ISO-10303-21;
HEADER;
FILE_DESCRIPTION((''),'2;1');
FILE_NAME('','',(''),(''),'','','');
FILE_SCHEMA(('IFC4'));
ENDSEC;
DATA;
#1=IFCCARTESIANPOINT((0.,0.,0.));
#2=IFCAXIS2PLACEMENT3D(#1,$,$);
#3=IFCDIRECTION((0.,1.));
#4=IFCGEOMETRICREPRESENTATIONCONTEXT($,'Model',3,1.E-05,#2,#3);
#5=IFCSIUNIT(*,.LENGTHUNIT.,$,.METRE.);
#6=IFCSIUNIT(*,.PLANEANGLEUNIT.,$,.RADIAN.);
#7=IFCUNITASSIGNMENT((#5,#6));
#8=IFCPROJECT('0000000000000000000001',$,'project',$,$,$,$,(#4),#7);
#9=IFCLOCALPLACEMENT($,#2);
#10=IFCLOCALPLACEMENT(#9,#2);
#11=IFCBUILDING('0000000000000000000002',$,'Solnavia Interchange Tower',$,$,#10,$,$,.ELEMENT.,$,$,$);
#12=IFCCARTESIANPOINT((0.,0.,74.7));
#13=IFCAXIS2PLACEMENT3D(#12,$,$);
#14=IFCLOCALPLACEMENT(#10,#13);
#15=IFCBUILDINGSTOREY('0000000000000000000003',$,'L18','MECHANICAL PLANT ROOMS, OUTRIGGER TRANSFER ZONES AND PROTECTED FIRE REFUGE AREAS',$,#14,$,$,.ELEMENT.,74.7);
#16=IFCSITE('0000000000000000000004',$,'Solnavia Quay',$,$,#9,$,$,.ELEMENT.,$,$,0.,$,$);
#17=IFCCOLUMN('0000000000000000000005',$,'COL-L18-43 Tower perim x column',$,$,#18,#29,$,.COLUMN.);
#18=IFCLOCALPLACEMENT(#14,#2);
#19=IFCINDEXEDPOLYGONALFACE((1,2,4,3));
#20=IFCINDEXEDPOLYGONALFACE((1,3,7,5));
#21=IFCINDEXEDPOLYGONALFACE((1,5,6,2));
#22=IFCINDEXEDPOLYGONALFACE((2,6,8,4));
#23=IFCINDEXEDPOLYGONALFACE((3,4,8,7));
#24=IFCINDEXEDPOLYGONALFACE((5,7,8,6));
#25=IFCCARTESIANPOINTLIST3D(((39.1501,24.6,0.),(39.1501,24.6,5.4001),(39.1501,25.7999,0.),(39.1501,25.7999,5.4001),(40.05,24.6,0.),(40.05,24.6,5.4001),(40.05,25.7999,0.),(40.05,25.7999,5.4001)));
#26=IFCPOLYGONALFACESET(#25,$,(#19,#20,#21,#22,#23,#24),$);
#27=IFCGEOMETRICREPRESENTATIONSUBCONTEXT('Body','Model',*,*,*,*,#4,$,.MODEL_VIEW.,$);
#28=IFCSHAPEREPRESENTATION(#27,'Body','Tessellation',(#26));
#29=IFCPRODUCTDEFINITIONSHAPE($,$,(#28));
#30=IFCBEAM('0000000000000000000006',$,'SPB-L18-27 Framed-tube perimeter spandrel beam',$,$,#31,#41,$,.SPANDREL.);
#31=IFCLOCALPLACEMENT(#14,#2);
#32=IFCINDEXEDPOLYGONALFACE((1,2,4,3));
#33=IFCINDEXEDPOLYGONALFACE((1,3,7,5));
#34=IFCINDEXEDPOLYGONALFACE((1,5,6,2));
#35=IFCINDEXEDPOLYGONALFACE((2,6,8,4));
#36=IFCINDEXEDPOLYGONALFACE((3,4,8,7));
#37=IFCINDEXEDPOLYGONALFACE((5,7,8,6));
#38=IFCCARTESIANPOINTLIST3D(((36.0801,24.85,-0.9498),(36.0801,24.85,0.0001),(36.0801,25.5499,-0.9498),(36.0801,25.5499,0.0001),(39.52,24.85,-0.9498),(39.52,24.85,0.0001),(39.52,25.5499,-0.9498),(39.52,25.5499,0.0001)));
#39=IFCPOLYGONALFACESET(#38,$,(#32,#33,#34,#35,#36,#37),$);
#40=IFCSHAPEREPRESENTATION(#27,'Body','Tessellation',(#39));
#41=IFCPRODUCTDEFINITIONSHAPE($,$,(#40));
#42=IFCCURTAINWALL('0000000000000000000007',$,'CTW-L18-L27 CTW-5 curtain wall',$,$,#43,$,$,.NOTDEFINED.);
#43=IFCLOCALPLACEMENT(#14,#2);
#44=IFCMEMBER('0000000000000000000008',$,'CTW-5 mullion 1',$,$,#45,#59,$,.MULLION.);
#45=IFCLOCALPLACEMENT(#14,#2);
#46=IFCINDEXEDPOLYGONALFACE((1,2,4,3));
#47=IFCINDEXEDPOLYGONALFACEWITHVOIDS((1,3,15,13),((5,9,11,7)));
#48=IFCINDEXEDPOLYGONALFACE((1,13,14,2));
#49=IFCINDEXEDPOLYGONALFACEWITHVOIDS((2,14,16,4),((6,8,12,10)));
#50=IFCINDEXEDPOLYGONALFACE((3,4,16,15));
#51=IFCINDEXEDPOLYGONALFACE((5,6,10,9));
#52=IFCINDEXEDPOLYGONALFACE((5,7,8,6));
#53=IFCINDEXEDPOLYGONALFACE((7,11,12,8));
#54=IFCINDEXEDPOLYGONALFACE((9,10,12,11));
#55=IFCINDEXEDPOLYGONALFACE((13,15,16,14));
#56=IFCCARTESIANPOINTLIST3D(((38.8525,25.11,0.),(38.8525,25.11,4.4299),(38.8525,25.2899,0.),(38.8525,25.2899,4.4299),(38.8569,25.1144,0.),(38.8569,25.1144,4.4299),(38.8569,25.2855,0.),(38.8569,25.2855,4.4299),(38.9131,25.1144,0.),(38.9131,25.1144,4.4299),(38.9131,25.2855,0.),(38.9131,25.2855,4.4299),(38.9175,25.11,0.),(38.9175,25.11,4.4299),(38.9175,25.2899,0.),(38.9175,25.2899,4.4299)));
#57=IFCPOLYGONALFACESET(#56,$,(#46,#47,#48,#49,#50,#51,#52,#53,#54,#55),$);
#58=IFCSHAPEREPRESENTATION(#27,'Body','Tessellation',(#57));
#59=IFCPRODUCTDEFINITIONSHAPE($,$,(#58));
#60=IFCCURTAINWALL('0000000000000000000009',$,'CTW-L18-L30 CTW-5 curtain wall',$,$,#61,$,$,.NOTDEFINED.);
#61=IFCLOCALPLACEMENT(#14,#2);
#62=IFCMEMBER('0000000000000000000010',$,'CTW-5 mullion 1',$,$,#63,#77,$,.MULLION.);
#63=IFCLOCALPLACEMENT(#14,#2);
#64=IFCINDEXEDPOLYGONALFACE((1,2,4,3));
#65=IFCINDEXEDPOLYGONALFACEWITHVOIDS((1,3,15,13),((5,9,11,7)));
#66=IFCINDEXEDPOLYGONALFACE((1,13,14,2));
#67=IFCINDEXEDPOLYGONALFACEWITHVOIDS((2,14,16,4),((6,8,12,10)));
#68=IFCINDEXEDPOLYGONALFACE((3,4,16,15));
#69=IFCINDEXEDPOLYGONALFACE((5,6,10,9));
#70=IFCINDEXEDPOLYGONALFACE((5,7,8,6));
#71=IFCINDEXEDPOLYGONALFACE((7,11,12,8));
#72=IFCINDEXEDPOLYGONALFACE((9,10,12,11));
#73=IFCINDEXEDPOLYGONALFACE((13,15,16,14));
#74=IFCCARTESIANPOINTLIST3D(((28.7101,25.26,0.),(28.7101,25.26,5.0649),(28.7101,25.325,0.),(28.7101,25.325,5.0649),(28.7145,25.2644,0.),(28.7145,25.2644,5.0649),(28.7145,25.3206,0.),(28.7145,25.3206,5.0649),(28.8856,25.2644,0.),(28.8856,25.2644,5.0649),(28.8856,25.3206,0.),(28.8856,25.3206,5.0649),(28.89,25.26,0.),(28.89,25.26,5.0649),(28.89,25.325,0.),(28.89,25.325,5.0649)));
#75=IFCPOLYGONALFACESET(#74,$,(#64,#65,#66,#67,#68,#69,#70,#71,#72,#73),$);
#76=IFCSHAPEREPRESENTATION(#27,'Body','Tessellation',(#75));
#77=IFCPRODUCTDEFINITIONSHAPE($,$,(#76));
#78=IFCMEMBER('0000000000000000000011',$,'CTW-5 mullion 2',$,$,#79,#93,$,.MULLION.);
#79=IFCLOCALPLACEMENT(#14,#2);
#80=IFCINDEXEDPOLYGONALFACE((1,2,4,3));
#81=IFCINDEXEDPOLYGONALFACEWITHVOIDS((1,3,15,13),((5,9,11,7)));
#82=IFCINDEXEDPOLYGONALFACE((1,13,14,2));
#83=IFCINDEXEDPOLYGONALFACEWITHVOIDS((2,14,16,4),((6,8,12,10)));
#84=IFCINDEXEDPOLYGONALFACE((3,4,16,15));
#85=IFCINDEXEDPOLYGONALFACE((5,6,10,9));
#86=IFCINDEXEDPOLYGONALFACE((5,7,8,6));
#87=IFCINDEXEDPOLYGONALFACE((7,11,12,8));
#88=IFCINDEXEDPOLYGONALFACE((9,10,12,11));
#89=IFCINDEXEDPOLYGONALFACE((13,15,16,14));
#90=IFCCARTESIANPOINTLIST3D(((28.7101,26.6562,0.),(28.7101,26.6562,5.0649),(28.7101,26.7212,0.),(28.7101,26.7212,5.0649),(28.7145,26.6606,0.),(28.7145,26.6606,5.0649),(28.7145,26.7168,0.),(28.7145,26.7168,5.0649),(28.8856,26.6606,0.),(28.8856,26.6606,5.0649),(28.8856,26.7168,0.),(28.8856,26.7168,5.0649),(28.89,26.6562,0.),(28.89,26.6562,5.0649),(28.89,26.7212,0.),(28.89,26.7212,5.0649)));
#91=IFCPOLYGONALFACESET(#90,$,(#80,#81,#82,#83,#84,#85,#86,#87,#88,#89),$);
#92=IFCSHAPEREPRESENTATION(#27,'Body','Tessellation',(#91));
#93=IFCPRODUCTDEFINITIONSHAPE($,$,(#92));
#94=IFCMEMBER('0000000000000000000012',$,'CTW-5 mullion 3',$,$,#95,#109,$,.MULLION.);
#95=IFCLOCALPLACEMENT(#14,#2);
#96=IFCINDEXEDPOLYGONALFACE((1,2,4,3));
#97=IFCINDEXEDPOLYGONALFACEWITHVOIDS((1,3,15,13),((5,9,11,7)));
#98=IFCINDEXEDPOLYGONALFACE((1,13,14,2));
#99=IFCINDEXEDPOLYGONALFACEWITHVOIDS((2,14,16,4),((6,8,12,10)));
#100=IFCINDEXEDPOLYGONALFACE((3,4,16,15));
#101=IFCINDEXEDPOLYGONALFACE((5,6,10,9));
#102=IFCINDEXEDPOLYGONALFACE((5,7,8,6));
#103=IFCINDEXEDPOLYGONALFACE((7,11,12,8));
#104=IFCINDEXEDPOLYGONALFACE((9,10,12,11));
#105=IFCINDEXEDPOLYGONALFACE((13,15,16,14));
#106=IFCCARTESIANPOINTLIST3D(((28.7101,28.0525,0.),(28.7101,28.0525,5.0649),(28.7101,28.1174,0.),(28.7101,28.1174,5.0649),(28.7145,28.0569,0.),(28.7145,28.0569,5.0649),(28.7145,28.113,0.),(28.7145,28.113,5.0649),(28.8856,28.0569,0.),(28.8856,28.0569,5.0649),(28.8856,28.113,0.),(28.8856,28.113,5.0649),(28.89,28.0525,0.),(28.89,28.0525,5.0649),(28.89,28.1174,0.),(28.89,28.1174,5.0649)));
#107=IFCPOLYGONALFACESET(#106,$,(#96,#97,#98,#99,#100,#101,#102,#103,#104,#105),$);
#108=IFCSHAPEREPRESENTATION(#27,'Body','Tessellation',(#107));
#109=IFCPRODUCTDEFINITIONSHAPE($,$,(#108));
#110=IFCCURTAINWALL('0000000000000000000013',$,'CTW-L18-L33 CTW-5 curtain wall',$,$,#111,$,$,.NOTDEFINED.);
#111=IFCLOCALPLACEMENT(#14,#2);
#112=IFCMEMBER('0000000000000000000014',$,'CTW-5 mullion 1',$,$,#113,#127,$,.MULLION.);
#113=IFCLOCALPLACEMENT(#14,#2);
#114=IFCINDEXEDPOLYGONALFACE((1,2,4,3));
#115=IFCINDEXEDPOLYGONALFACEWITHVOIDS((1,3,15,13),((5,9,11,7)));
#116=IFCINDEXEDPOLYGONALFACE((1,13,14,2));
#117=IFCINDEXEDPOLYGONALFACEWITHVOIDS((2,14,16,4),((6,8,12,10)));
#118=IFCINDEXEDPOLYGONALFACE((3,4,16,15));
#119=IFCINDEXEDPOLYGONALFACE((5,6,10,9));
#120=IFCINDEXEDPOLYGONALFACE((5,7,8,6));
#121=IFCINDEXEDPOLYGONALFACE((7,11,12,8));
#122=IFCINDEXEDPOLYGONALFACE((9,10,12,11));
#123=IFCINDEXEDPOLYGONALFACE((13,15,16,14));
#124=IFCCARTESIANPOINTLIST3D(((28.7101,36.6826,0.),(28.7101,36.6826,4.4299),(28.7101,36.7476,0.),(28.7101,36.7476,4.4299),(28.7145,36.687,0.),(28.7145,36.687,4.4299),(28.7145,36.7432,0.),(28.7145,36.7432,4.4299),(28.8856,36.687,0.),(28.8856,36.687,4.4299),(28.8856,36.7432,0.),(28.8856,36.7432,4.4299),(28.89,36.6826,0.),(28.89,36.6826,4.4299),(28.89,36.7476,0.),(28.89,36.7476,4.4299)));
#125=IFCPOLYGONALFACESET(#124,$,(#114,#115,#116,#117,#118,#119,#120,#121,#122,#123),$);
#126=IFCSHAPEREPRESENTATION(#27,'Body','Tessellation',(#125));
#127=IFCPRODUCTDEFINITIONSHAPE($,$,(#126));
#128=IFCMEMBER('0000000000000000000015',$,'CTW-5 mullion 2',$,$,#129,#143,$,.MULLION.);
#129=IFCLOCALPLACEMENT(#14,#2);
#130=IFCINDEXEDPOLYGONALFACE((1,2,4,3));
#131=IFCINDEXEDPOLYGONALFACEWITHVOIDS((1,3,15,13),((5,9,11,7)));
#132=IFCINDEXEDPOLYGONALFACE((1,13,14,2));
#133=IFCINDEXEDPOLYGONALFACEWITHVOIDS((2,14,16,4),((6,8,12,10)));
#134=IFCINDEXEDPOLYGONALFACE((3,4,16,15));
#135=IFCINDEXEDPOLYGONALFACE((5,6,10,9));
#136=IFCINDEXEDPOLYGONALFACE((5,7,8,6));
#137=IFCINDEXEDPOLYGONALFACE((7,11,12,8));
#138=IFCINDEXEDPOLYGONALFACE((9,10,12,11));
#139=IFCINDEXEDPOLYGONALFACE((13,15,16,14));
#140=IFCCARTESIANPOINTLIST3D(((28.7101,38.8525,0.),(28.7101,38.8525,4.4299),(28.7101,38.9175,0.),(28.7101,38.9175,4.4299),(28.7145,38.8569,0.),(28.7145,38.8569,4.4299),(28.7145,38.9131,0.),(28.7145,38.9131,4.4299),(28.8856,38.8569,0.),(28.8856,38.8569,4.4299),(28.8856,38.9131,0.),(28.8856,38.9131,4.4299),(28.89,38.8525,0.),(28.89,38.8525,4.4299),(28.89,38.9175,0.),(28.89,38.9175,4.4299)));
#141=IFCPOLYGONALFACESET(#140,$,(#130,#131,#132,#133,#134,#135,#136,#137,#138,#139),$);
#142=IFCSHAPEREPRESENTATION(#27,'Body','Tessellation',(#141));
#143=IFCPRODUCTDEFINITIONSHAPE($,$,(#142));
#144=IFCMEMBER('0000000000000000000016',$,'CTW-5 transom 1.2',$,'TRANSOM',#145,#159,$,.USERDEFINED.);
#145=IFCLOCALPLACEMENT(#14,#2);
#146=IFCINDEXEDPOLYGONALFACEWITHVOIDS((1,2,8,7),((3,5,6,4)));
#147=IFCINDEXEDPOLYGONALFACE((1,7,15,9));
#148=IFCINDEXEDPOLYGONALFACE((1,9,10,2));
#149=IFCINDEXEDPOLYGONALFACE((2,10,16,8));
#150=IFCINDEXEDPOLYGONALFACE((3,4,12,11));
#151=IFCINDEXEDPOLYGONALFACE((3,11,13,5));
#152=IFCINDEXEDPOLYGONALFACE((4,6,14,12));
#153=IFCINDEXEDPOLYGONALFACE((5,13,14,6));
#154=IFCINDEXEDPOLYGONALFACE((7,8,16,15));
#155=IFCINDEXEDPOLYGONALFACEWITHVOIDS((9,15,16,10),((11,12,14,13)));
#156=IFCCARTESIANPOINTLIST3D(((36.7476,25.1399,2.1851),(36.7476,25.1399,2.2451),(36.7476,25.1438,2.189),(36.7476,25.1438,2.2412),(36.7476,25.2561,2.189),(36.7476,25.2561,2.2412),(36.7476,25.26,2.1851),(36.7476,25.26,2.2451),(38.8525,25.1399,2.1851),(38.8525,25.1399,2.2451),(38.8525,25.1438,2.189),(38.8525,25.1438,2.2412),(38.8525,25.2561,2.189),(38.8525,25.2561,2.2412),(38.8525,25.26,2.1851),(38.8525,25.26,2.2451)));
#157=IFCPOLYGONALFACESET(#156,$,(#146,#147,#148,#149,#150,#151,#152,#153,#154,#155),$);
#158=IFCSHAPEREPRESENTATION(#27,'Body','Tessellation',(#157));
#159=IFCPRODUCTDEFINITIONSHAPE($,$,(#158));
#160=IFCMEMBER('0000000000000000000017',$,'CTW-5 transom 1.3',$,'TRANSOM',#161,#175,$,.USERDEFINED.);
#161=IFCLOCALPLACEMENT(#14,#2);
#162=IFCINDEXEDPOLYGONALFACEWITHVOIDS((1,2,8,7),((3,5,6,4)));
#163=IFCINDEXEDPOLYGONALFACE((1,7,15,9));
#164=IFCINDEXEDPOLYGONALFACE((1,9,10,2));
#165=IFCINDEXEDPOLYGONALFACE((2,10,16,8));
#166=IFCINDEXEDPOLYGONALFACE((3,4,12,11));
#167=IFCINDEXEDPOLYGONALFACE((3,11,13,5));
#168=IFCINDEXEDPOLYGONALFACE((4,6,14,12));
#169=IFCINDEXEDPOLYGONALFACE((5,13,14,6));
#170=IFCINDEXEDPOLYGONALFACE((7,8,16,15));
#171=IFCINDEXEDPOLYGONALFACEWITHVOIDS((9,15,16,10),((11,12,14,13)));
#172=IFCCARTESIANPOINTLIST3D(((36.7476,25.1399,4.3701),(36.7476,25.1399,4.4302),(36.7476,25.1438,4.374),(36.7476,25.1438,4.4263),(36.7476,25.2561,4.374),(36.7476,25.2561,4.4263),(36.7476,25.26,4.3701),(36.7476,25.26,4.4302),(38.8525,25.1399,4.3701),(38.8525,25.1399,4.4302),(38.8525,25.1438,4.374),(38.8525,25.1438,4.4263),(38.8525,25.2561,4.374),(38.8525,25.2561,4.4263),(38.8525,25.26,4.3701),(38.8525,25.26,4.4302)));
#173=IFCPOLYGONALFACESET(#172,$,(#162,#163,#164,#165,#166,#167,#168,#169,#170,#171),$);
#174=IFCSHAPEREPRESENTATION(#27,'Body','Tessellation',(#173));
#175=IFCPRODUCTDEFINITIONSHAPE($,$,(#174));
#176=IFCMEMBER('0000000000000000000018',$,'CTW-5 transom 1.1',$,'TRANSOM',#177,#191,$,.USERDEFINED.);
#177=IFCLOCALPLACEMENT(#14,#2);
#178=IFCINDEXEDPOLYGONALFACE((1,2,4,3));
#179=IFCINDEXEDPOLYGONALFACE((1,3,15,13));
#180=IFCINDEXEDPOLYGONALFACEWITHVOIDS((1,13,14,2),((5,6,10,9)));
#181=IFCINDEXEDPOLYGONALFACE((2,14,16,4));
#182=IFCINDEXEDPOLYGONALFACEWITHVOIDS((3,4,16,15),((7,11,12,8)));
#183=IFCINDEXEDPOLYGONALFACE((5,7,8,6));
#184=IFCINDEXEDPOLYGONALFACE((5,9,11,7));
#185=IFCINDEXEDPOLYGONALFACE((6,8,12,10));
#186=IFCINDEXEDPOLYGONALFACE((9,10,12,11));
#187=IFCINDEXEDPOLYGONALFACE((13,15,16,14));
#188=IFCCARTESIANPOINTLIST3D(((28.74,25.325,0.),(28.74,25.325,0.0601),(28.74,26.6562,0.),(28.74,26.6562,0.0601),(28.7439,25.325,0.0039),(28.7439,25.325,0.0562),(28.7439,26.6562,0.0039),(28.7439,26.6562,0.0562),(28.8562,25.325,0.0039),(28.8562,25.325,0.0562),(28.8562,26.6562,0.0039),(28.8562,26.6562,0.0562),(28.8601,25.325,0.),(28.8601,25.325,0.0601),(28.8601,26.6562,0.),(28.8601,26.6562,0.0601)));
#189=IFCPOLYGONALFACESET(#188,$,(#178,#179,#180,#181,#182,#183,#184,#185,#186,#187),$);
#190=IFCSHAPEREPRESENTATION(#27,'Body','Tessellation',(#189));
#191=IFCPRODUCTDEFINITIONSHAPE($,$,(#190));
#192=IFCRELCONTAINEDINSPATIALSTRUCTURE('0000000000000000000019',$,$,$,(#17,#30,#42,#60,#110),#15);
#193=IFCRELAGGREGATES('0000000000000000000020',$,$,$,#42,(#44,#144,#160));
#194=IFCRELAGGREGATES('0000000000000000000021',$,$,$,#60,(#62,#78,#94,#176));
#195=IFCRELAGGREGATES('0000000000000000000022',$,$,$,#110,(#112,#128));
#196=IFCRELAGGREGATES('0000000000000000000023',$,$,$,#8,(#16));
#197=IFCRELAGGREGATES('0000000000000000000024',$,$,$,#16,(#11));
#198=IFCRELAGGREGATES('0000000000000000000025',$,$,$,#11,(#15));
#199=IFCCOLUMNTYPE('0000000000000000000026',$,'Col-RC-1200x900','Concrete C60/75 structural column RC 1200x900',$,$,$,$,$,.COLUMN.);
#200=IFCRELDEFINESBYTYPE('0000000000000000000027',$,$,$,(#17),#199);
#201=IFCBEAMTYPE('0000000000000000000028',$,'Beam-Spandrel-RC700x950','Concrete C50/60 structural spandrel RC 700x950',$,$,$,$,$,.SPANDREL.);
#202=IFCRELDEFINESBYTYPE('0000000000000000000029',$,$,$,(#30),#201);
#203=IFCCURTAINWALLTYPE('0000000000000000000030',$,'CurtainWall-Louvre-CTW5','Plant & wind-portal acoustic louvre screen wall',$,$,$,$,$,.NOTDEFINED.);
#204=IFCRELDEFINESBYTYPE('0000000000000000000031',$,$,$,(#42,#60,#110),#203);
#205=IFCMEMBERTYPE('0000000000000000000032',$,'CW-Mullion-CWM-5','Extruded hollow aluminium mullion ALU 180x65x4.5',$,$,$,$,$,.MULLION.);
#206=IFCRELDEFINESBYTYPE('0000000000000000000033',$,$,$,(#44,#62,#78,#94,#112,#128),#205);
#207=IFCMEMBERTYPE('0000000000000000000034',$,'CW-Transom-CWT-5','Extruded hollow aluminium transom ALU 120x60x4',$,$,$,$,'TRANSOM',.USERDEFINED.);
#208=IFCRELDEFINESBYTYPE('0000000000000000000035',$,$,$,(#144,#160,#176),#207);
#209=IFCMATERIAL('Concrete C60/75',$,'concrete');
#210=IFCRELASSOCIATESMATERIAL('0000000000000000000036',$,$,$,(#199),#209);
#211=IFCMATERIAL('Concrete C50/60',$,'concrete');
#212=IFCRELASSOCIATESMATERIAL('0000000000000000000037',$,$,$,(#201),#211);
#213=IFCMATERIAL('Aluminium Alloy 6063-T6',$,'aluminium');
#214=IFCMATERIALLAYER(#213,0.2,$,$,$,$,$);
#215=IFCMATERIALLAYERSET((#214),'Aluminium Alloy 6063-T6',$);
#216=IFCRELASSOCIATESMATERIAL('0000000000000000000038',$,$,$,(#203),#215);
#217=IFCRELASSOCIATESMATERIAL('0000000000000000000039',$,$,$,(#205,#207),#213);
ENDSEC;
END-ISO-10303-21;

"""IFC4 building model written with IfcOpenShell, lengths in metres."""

from ifc_helpers import new_model, si_unit, direction, frame, origin, origin_2d, place, context, subcontext, project, spatial, rectangle, hollow_rectangle, extrude, material, layer, layer_set, material_profile, profile_set, type_object, element, aggregate, save


model = new_model("IFC4")

# Units and contexts
model_context = context("Model", 3, precision=1e-05, world=origin(), true_north=direction((0.0, 1.0)))
body_context = subcontext(model_context, "Body", "Model", "MODEL_VIEW")
ifc_project = project(units=[si_unit("LENGTHUNIT", "METRE"), si_unit("PLANEANGLEUNIT", "RADIAN")], contexts=[model_context])

# Site, building, storey
site_placement = place(None, origin())
site = spatial("IfcSite", under=ifc_project, at=site_placement, Name="Solnavia Quay", CompositionType="ELEMENT", RefElevation=0.0)
building_placement = place(site_placement, origin())
building = spatial("IfcBuilding", under=site, at=building_placement, Name="Solnavia Interchange Tower", CompositionType="ELEMENT")
storey_placement = place(building_placement, frame((0.0, 0.0, 74.7)))
storey = spatial("IfcBuildingStorey", under=building, at=storey_placement, Name="L18", Description="MECHANICAL PLANT ROOMS, OUTRIGGER TRANSFER ZONES AND PROTECTED FIRE REFUGE AREAS", CompositionType="ELEMENT", Elevation=74.7)

# Column
ifc_material_1 = material(Name="Concrete C60/75", Category="concrete")
ifc_material_profile_1 = material_profile(ifc_material_1, rectangle(XDim=0.8999, YDim=1.2, at=origin_2d()), Name="RC 1200x900")
ifc_profile_set_1 = profile_set([ifc_material_profile_1], Name="Concrete C60/75")
column_type = type_object("IfcColumnType", Name="Col-RC-1200x900", Description="Concrete C60/75 structural column RC 1200x900", PredefinedType="COLUMN", material=ifc_profile_set_1)
column_placement = place(storey_placement, frame((39.6001, 25.2, 0.0), z_axis=(0.0, 0.0, 1.0), x_axis=(1.0, 0.0, 0.0)))
element("IfcColumn", 1, at=column_placement, inside=storey, type_object=column_type, Name="COL-L18-43 Tower perim x column", PredefinedType="COLUMN", context=body_context, shape_type="SweptSolid", body=[
    extrude(rectangle(XDim=0.8999, YDim=1.2, at=origin_2d()), origin(), (0.0, 0.0, 1.0), 5.4001),
])

# Beam
ifc_material_2 = material(Name="Concrete C50/60", Category="concrete")
ifc_material_profile_2 = material_profile(ifc_material_2, rectangle(XDim=0.7, YDim=0.95, at=origin_2d()), Name="RC 700x950")
ifc_profile_set_2 = profile_set([ifc_material_profile_2], Name="Concrete C50/60")
beam_type = type_object("IfcBeamType", Name="Beam-Spandrel-RC700x950", Description="Concrete C50/60 structural spandrel RC 700x950", PredefinedType="SPANDREL", material=ifc_profile_set_2)
beam_placement = place(storey_placement, frame((39.52, 25.2, -0.4749), z_axis=(-1.0, 0.0, 0.0), x_axis=(0.0, -1.0, 0.0)))
element("IfcBeam", 2, at=beam_placement, inside=storey, type_object=beam_type, Name="SPB-L18-27 Framed-tube perimeter spandrel beam", PredefinedType="SPANDREL", context=body_context, shape_type="SweptSolid", body=[
    extrude(rectangle(XDim=0.7, YDim=0.95, at=origin_2d()), origin(), (0.0, 0.0, 1.0), 3.4399),
])

# Curtain wall, member
ifc_material_3 = material(Name="Aluminium Alloy 6063-T6", Category="aluminium")
ifc_layer_1 = layer(ifc_material_3, 0.2)
ifc_layer_set_1 = layer_set([ifc_layer_1], Name="Aluminium Alloy 6063-T6")
curtain_wall_type = type_object("IfcCurtainWallType", Name="CurtainWall-Louvre-CTW5", Description="Plant & wind-portal acoustic louvre screen wall", PredefinedType="NOTDEFINED", material=ifc_layer_set_1)
curtain_wall_1_placement = place(storey_placement, origin())
curtain_wall_1 = element("IfcCurtainWall", 3, at=curtain_wall_1_placement, inside=storey, type_object=curtain_wall_type, Name="CTW-L18-L27 CTW-5 curtain wall", PredefinedType="NOTDEFINED")
ifc_material_profile_3 = material_profile(ifc_material_3, hollow_rectangle(XDim=0.0649, YDim=0.1799, WallThickness=0.0044, at=origin_2d()), Name="ALU 180x65x4.5")
ifc_profile_set_3 = profile_set([ifc_material_profile_3], Name="Aluminium Alloy 6063-T6")
member_type_1 = type_object("IfcMemberType", Name="CW-Mullion-CWM-5", Description="Extruded hollow aluminium mullion ALU 180x65x4.5", PredefinedType="MULLION", material=ifc_profile_set_3)
member_1_placement = place(storey_placement, frame((38.885, 25.2, 0.0), z_axis=(0.0, 0.0, 1.0), x_axis=(-1.0, 0.0, 0.0)))
member_1 = element("IfcMember", 4, at=member_1_placement, type_object=member_type_1, Name="CTW-5 mullion 1", PredefinedType="MULLION", context=body_context, shape_type="SweptSolid", body=[
    extrude(hollow_rectangle(XDim=0.0649, YDim=0.1799, WallThickness=0.0044, at=origin_2d()), origin(), (0.0, 0.0, 1.0), 4.4299),
])

# Curtain walls, members
curtain_wall_2_placement = place(storey_placement, origin())
curtain_wall_2 = element("IfcCurtainWall", 5, at=curtain_wall_2_placement, inside=storey, type_object=curtain_wall_type, Name="CTW-L18-L30 CTW-5 curtain wall", PredefinedType="NOTDEFINED")
member_2_placement = place(storey_placement, frame((28.8, 25.2925, 0.0), z_axis=(0.0, 0.0, 1.0), x_axis=(0.0, 1.0, 0.0)))
member_2 = element("IfcMember", 6, at=member_2_placement, type_object=member_type_1, Name="CTW-5 mullion 1", PredefinedType="MULLION", context=body_context, shape_type="SweptSolid", body=[
    extrude(hollow_rectangle(XDim=0.0649, YDim=0.1799, WallThickness=0.0044, at=origin_2d()), origin(), (0.0, 0.0, 1.0), 5.0649),
])
member_3_placement = place(storey_placement, frame((28.8, 26.6887, 0.0), z_axis=(0.0, 0.0, 1.0), x_axis=(0.0, 1.0, 0.0)))
member_3 = element("IfcMember", 7, at=member_3_placement, type_object=member_type_1, Name="CTW-5 mullion 2", PredefinedType="MULLION", context=body_context, shape_type="SweptSolid", body=[
    extrude(hollow_rectangle(XDim=0.0649, YDim=0.1799, WallThickness=0.0044, at=origin_2d()), origin(), (0.0, 0.0, 1.0), 5.0649),
])
member_4_placement = place(storey_placement, frame((28.8, 28.085, 0.0), z_axis=(0.0, 0.0, 1.0), x_axis=(0.0, 1.0, 0.0)))
member_4 = element("IfcMember", 8, at=member_4_placement, type_object=member_type_1, Name="CTW-5 mullion 3", PredefinedType="MULLION", context=body_context, shape_type="SweptSolid", body=[
    extrude(hollow_rectangle(XDim=0.0649, YDim=0.1799, WallThickness=0.0044, at=origin_2d()), origin(), (0.0, 0.0, 1.0), 5.0649),
])
curtain_wall_3_placement = place(storey_placement, origin())
curtain_wall_3 = element("IfcCurtainWall", 9, at=curtain_wall_3_placement, inside=storey, type_object=curtain_wall_type, Name="CTW-L18-L33 CTW-5 curtain wall", PredefinedType="NOTDEFINED")
member_5_placement = place(storey_placement, frame((28.8, 36.7151, 0.0), z_axis=(0.0, 0.0, 1.0), x_axis=(0.0, 1.0, 0.0)))
member_5 = element("IfcMember", 10, at=member_5_placement, type_object=member_type_1, Name="CTW-5 mullion 1", PredefinedType="MULLION", context=body_context, shape_type="SweptSolid", body=[
    extrude(hollow_rectangle(XDim=0.0649, YDim=0.1799, WallThickness=0.0044, at=origin_2d()), origin(), (0.0, 0.0, 1.0), 4.4299),
])
member_6_placement = place(storey_placement, frame((28.8, 38.885, 0.0), z_axis=(0.0, 0.0, 1.0), x_axis=(0.0, 1.0, 0.0)))
member_6 = element("IfcMember", 11, at=member_6_placement, type_object=member_type_1, Name="CTW-5 mullion 2", PredefinedType="MULLION", context=body_context, shape_type="SweptSolid", body=[
    extrude(hollow_rectangle(XDim=0.0649, YDim=0.1799, WallThickness=0.0044, at=origin_2d()), origin(), (0.0, 0.0, 1.0), 4.4299),
])

# Members
ifc_material_profile_4 = material_profile(ifc_material_3, hollow_rectangle(XDim=0.0601, YDim=0.1201, WallThickness=0.0039, at=origin_2d()), Name="ALU 120x60x4")
ifc_profile_set_4 = profile_set([ifc_material_profile_4], Name="Aluminium Alloy 6063-T6")
member_type_2 = type_object("IfcMemberType", Name="CW-Transom-CWT-5", Description="Extruded hollow aluminium transom ALU 120x60x4", ElementType="TRANSOM", PredefinedType="USERDEFINED", material=ifc_profile_set_4)
member_7_placement = place(storey_placement, frame((38.8525, 25.2, 2.2151), z_axis=(-1.0, 0.0, 0.0), x_axis=(0.0, 0.0, 1.0)))
member_7 = element("IfcMember", 12, at=member_7_placement, type_object=member_type_2, Name="CTW-5 transom 1.2", ObjectType="TRANSOM", PredefinedType="USERDEFINED", context=body_context, shape_type="SweptSolid", body=[
    extrude(hollow_rectangle(XDim=0.0601, YDim=0.1201, WallThickness=0.0039, at=origin_2d()), origin(), (0.0, 0.0, 1.0), 2.105),
])
member_8_placement = place(storey_placement, frame((38.8525, 25.2, 4.4001), z_axis=(-1.0, 0.0, 0.0), x_axis=(0.0, 0.0, 1.0)))
member_8 = element("IfcMember", 13, at=member_8_placement, type_object=member_type_2, Name="CTW-5 transom 1.3", ObjectType="TRANSOM", PredefinedType="USERDEFINED", context=body_context, shape_type="SweptSolid", body=[
    extrude(hollow_rectangle(XDim=0.0601, YDim=0.1201, WallThickness=0.0039, at=origin_2d()), origin(), (0.0, 0.0, 1.0), 2.105),
])
aggregate(curtain_wall_1, [member_1, member_7, member_8])
member_9_placement = place(storey_placement, frame((28.8, 25.325, 0.03), z_axis=(0.0, 1.0, 0.0), x_axis=(0.0, 0.0, 1.0)))
member_9 = element("IfcMember", 14, at=member_9_placement, type_object=member_type_2, Name="CTW-5 transom 1.1", ObjectType="TRANSOM", PredefinedType="USERDEFINED", context=body_context, shape_type="SweptSolid", body=[
    extrude(hollow_rectangle(XDim=0.0601, YDim=0.1201, WallThickness=0.0039, at=origin_2d()), origin(), (0.0, 0.0, 1.0), 1.3313),
])

aggregate(curtain_wall_2, [member_2, member_3, member_4, member_9])
aggregate(curtain_wall_3, [member_5, member_6])

save(model, "model.ifc")
